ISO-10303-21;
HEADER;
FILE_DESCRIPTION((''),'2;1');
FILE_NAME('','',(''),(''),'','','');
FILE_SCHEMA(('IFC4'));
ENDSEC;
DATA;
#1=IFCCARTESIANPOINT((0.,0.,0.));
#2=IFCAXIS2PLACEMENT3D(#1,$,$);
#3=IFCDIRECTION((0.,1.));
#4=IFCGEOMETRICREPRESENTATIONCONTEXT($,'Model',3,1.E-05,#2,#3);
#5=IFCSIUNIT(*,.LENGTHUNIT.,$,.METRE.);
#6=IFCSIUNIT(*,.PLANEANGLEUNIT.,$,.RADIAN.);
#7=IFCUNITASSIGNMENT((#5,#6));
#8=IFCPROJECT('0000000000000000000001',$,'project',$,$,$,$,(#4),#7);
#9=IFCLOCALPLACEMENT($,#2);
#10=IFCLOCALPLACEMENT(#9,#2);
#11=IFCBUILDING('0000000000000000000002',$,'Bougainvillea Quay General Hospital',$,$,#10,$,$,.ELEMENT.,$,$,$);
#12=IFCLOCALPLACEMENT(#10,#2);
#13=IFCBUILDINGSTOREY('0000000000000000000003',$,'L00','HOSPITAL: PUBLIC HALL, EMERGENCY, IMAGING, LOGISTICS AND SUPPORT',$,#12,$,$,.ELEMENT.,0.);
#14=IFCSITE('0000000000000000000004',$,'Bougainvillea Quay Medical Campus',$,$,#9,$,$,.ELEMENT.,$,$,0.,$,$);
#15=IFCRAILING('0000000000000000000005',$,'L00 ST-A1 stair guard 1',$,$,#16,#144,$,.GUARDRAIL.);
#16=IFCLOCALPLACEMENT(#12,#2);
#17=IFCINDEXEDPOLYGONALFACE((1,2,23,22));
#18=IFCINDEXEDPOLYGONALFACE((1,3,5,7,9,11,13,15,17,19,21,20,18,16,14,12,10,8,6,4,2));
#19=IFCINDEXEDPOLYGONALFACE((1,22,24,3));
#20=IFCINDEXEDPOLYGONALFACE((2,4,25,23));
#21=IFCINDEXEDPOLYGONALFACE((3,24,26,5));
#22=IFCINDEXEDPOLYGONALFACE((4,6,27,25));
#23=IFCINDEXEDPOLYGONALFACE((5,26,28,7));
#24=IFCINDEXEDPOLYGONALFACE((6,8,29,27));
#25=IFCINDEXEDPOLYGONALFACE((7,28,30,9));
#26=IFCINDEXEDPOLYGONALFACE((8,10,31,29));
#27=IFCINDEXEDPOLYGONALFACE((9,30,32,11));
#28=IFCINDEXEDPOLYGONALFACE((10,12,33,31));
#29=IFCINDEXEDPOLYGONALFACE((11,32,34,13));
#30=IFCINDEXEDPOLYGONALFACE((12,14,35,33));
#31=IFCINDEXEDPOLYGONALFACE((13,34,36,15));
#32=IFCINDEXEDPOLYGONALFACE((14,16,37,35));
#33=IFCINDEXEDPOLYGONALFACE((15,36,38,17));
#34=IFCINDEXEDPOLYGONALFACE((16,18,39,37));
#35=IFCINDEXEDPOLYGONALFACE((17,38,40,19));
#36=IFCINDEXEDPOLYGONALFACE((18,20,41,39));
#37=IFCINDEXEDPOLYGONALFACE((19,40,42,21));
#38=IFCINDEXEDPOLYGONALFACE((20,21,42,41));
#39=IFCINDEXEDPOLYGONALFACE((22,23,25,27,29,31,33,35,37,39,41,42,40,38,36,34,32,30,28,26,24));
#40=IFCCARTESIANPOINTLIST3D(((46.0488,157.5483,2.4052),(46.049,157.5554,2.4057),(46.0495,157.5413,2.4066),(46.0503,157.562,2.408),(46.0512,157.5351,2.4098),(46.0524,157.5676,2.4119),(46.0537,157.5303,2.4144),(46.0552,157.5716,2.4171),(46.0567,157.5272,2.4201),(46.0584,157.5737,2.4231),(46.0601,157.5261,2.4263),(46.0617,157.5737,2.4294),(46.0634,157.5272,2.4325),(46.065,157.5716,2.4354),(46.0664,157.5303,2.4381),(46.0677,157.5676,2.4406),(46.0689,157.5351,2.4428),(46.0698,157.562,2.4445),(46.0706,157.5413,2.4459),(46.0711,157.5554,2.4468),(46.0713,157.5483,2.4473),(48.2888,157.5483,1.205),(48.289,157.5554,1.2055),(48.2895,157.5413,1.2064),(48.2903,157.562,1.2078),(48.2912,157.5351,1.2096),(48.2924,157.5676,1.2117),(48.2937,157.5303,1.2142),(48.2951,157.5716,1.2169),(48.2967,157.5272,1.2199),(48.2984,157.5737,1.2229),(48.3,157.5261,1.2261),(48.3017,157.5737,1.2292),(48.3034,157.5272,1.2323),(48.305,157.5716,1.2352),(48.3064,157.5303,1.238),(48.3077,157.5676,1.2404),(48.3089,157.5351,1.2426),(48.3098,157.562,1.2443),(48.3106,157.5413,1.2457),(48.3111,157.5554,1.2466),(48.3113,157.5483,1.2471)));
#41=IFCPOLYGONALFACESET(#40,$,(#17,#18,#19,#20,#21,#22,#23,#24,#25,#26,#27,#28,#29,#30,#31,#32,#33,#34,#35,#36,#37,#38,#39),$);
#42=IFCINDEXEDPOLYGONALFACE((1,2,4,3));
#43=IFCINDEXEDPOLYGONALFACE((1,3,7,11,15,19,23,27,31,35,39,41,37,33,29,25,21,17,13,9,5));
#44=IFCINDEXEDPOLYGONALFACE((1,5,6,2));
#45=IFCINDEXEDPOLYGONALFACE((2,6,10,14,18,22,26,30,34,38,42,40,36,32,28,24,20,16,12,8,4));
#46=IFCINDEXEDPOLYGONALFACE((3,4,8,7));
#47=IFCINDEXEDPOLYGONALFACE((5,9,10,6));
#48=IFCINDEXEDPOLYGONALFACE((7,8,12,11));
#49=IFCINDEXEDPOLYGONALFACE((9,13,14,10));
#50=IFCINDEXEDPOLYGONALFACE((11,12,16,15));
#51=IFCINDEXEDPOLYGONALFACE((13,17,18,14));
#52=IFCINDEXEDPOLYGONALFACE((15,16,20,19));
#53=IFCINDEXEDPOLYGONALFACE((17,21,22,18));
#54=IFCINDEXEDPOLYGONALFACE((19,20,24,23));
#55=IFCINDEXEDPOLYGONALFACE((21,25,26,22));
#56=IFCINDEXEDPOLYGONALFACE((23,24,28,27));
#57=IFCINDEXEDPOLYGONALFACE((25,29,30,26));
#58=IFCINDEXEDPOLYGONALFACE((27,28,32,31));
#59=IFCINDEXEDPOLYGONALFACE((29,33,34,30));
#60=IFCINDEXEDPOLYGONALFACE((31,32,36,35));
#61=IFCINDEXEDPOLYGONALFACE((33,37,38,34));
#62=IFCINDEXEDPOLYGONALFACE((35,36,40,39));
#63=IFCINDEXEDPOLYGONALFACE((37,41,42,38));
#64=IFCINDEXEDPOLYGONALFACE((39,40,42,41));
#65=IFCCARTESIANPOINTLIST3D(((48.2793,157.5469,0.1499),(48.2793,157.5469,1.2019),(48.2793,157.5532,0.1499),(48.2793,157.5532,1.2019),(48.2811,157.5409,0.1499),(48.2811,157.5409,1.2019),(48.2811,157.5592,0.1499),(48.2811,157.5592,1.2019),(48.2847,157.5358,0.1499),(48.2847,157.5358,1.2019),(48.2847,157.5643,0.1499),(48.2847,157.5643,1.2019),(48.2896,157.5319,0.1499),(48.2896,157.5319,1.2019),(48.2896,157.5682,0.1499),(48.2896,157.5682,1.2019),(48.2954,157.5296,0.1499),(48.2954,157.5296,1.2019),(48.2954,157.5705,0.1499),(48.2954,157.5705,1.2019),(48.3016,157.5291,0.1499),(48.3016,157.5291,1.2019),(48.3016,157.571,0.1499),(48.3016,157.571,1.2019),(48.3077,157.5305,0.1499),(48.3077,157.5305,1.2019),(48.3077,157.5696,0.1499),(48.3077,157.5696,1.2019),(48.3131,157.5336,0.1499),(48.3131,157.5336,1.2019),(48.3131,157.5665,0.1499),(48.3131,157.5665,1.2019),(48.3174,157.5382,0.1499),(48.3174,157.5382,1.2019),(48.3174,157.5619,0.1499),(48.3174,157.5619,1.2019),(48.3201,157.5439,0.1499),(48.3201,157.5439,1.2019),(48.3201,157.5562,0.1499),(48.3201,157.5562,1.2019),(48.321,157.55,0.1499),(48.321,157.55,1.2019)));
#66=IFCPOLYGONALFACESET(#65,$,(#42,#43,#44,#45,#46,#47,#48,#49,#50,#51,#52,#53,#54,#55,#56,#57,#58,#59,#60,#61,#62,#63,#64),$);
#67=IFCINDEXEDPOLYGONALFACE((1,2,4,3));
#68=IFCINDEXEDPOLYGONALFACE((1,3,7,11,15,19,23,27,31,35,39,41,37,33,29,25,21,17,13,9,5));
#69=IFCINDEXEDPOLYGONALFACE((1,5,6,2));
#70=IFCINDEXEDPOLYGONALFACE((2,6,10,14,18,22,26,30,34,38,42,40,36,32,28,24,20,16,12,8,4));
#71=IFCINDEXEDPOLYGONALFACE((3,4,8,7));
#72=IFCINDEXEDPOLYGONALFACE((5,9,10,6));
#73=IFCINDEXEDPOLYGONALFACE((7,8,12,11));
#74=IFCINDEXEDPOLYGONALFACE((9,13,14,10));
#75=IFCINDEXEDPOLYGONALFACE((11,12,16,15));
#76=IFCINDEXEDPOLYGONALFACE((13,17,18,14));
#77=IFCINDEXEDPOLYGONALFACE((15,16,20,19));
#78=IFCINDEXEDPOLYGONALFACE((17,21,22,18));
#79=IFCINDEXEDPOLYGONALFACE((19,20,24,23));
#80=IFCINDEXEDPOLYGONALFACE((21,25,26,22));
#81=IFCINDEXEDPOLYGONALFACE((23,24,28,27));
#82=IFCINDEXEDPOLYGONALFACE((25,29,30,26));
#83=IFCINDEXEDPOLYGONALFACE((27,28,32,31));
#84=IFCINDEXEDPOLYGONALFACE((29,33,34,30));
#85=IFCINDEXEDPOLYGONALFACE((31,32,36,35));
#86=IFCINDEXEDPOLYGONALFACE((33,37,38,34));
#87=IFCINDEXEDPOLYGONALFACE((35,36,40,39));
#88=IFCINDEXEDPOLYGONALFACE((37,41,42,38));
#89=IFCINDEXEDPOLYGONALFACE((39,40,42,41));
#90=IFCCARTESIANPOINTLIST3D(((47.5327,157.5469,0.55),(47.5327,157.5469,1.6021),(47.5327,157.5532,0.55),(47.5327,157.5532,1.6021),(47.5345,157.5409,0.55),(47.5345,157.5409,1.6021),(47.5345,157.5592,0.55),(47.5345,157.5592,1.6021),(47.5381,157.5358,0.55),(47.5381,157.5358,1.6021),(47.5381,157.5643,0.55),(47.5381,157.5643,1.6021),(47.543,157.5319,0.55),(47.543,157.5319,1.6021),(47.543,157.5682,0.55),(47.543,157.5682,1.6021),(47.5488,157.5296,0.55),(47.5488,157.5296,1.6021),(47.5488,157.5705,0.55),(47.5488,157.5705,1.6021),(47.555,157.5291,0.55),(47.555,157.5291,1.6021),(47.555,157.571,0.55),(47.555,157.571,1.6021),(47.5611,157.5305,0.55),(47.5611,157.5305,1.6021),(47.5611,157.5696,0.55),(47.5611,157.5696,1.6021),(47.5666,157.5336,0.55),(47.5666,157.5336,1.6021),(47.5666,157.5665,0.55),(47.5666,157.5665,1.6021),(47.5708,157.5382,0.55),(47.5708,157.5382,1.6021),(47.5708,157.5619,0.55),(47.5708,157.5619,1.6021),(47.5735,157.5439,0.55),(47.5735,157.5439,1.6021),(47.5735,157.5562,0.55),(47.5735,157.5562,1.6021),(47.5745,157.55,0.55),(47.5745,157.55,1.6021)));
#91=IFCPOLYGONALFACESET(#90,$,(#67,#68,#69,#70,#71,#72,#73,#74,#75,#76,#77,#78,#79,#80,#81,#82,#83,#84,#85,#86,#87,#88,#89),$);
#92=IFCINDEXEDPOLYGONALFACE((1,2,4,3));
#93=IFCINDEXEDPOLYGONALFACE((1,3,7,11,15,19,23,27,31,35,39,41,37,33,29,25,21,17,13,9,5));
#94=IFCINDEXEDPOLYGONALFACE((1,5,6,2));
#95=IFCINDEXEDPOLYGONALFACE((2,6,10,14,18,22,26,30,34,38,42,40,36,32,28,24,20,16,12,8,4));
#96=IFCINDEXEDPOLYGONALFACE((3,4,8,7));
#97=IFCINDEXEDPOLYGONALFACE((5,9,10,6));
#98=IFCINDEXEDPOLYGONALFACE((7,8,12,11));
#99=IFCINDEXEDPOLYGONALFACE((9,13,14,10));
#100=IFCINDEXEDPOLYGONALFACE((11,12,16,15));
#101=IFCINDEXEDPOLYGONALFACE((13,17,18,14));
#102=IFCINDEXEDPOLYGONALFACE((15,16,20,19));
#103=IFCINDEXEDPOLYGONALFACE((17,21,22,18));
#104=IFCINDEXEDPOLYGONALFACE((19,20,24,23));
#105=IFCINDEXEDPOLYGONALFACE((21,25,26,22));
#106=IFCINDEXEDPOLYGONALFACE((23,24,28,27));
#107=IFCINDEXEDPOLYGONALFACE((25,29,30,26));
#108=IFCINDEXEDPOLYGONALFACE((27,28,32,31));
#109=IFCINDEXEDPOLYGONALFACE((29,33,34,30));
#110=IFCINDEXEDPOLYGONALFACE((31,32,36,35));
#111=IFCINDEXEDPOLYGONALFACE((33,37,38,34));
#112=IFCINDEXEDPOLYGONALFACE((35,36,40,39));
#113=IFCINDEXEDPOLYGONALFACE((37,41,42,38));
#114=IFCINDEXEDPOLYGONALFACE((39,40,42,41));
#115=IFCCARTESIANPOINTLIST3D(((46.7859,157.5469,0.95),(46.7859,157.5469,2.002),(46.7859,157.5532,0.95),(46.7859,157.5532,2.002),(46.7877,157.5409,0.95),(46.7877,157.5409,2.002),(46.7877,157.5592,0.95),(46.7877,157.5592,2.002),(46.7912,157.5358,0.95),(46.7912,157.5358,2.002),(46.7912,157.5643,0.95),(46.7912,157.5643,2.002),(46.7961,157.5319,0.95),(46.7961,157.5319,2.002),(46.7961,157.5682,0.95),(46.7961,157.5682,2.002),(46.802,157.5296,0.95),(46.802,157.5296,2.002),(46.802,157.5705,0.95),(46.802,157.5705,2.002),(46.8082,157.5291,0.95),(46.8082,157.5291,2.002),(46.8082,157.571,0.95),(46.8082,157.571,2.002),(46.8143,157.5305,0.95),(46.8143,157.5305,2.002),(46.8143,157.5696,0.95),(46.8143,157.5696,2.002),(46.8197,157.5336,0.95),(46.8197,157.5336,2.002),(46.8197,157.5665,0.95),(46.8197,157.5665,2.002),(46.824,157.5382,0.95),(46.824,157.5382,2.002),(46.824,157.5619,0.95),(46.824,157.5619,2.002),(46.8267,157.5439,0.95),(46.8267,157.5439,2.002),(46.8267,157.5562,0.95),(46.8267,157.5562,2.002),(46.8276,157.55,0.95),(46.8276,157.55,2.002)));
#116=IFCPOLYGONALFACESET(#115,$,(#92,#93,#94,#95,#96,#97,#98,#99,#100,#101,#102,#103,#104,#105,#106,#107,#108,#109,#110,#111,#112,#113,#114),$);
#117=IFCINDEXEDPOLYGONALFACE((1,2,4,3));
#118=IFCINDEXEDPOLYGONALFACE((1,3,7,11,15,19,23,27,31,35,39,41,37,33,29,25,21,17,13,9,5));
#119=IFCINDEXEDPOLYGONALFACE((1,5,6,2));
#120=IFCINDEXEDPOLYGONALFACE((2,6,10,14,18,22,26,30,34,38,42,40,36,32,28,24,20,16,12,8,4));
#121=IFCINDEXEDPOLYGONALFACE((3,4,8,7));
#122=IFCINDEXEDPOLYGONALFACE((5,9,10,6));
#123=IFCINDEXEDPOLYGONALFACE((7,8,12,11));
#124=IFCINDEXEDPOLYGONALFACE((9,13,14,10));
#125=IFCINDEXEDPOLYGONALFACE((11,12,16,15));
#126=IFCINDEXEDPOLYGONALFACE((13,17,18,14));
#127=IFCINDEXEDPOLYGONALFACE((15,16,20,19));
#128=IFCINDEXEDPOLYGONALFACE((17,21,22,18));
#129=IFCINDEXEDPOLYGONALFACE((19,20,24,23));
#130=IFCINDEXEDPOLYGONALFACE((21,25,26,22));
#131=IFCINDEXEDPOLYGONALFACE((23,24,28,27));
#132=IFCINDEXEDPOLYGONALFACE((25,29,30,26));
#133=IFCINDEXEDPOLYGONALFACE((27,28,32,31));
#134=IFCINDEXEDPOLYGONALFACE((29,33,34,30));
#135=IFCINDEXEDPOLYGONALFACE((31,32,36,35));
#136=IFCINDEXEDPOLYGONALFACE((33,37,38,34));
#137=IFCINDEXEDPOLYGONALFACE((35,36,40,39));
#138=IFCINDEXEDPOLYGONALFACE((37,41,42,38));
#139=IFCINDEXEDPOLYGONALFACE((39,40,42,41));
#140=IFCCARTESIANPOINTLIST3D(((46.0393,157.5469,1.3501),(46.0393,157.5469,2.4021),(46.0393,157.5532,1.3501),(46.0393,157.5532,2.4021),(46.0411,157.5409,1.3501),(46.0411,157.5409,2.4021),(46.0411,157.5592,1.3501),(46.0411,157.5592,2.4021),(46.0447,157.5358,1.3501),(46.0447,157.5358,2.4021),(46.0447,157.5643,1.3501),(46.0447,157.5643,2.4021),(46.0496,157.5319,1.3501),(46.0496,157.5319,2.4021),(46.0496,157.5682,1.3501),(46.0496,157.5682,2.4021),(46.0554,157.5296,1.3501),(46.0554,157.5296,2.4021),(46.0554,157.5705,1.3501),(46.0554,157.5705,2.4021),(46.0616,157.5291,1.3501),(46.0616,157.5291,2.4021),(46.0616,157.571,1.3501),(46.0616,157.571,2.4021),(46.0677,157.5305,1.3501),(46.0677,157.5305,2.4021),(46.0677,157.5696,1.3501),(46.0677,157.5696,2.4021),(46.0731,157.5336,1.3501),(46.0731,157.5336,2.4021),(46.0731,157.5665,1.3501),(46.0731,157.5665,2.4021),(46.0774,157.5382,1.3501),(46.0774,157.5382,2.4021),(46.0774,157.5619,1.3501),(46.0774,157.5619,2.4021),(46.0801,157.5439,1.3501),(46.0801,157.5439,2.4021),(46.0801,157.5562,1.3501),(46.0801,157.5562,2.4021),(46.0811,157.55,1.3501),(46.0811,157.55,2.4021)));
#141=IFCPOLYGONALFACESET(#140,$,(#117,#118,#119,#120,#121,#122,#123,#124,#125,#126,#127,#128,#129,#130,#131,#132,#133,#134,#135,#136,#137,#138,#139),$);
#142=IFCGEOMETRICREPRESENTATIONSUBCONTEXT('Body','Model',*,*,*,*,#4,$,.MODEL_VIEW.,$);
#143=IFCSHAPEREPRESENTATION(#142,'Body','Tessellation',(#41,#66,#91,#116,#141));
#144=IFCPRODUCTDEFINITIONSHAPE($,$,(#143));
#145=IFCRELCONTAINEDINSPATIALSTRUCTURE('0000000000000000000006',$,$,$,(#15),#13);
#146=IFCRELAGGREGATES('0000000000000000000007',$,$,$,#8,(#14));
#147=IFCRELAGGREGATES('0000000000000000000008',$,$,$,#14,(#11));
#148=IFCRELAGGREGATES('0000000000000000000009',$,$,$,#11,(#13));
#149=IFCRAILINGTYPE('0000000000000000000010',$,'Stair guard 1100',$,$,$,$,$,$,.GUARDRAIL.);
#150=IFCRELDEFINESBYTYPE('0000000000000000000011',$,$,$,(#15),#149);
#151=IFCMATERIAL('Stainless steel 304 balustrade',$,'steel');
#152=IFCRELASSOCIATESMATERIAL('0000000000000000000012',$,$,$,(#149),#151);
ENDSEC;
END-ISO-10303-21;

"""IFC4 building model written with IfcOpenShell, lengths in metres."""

from ifc_helpers import new_model, si_unit, direction, frame, origin, origin_2d, place, context, subcontext, project, spatial, circle, extrude, material, type_object, element, save


model = new_model("IFC4")

# Units and contexts
model_context = context("Model", 3, precision=1e-05, world=origin(), true_north=direction((0.0, 1.0)))
body_context = subcontext(model_context, "Body", "Model", "MODEL_VIEW")
ifc_project = project(units=[si_unit("LENGTHUNIT", "METRE"), si_unit("PLANEANGLEUNIT", "RADIAN")], contexts=[model_context])

# Site, building, storey
site_placement = place(None, origin())
site = spatial("IfcSite", under=ifc_project, at=site_placement, Name="Bougainvillea Quay Medical Campus", CompositionType="ELEMENT", RefElevation=0.0)
building_placement = place(site_placement, origin())
building = spatial("IfcBuilding", under=site, at=building_placement, Name="Bougainvillea Quay General Hospital", CompositionType="ELEMENT")
storey_placement = place(building_placement, origin())
storey = spatial("IfcBuildingStorey", under=building, at=storey_placement, Name="L00", Description="HOSPITAL: PUBLIC HALL, EMERGENCY, IMAGING, LOGISTICS AND SUPPORT", CompositionType="ELEMENT", Elevation=0.0)

# Railing
ifc_material_1 = material(Name="Stainless steel 304 balustrade", Category="steel")
railing_type_1 = type_object("IfcRailingType", Name="Stair guard 1100", PredefinedType="GUARDRAIL", material=ifc_material_1)
railing_1_placement = place(storey_placement, frame((48.3, 157.55, 0.1499)))
element("IfcRailing", 1, at=railing_1_placement, inside=storey, type_object=railing_type_1, Name="L00 ST-A1 stair guard 1", PredefinedType="GUARDRAIL", context=body_context, shape_type="SweptSolid", body=[
    extrude(circle(Radius=0.0239, at=origin_2d()), frame((0.0, 0.0, 1.0762), z_axis=(-0.881447, 0.0, 0.472283), x_axis=(0.0, -1.0, 0.0)), (0.0, 0.0, 1.0), 2.5413),
    extrude(circle(Radius=0.021, at=origin_2d()), origin(), (0.0, 0.0, 1.0), 1.052),
    extrude(circle(Radius=0.021, at=origin_2d()), frame((-0.7466, 0.0, 0.4001)), (0.0, 0.0, 1.0), 1.052),
    extrude(circle(Radius=0.021, at=origin_2d()), frame((-1.4934, 0.0, 0.8)), (0.0, 0.0, 1.0), 1.052),
    extrude(circle(Radius=0.021, at=origin_2d()), frame((-2.24, 0.0, 1.2002)), (0.0, 0.0, 1.0), 1.052),
])

save(model, "model.ifc")
